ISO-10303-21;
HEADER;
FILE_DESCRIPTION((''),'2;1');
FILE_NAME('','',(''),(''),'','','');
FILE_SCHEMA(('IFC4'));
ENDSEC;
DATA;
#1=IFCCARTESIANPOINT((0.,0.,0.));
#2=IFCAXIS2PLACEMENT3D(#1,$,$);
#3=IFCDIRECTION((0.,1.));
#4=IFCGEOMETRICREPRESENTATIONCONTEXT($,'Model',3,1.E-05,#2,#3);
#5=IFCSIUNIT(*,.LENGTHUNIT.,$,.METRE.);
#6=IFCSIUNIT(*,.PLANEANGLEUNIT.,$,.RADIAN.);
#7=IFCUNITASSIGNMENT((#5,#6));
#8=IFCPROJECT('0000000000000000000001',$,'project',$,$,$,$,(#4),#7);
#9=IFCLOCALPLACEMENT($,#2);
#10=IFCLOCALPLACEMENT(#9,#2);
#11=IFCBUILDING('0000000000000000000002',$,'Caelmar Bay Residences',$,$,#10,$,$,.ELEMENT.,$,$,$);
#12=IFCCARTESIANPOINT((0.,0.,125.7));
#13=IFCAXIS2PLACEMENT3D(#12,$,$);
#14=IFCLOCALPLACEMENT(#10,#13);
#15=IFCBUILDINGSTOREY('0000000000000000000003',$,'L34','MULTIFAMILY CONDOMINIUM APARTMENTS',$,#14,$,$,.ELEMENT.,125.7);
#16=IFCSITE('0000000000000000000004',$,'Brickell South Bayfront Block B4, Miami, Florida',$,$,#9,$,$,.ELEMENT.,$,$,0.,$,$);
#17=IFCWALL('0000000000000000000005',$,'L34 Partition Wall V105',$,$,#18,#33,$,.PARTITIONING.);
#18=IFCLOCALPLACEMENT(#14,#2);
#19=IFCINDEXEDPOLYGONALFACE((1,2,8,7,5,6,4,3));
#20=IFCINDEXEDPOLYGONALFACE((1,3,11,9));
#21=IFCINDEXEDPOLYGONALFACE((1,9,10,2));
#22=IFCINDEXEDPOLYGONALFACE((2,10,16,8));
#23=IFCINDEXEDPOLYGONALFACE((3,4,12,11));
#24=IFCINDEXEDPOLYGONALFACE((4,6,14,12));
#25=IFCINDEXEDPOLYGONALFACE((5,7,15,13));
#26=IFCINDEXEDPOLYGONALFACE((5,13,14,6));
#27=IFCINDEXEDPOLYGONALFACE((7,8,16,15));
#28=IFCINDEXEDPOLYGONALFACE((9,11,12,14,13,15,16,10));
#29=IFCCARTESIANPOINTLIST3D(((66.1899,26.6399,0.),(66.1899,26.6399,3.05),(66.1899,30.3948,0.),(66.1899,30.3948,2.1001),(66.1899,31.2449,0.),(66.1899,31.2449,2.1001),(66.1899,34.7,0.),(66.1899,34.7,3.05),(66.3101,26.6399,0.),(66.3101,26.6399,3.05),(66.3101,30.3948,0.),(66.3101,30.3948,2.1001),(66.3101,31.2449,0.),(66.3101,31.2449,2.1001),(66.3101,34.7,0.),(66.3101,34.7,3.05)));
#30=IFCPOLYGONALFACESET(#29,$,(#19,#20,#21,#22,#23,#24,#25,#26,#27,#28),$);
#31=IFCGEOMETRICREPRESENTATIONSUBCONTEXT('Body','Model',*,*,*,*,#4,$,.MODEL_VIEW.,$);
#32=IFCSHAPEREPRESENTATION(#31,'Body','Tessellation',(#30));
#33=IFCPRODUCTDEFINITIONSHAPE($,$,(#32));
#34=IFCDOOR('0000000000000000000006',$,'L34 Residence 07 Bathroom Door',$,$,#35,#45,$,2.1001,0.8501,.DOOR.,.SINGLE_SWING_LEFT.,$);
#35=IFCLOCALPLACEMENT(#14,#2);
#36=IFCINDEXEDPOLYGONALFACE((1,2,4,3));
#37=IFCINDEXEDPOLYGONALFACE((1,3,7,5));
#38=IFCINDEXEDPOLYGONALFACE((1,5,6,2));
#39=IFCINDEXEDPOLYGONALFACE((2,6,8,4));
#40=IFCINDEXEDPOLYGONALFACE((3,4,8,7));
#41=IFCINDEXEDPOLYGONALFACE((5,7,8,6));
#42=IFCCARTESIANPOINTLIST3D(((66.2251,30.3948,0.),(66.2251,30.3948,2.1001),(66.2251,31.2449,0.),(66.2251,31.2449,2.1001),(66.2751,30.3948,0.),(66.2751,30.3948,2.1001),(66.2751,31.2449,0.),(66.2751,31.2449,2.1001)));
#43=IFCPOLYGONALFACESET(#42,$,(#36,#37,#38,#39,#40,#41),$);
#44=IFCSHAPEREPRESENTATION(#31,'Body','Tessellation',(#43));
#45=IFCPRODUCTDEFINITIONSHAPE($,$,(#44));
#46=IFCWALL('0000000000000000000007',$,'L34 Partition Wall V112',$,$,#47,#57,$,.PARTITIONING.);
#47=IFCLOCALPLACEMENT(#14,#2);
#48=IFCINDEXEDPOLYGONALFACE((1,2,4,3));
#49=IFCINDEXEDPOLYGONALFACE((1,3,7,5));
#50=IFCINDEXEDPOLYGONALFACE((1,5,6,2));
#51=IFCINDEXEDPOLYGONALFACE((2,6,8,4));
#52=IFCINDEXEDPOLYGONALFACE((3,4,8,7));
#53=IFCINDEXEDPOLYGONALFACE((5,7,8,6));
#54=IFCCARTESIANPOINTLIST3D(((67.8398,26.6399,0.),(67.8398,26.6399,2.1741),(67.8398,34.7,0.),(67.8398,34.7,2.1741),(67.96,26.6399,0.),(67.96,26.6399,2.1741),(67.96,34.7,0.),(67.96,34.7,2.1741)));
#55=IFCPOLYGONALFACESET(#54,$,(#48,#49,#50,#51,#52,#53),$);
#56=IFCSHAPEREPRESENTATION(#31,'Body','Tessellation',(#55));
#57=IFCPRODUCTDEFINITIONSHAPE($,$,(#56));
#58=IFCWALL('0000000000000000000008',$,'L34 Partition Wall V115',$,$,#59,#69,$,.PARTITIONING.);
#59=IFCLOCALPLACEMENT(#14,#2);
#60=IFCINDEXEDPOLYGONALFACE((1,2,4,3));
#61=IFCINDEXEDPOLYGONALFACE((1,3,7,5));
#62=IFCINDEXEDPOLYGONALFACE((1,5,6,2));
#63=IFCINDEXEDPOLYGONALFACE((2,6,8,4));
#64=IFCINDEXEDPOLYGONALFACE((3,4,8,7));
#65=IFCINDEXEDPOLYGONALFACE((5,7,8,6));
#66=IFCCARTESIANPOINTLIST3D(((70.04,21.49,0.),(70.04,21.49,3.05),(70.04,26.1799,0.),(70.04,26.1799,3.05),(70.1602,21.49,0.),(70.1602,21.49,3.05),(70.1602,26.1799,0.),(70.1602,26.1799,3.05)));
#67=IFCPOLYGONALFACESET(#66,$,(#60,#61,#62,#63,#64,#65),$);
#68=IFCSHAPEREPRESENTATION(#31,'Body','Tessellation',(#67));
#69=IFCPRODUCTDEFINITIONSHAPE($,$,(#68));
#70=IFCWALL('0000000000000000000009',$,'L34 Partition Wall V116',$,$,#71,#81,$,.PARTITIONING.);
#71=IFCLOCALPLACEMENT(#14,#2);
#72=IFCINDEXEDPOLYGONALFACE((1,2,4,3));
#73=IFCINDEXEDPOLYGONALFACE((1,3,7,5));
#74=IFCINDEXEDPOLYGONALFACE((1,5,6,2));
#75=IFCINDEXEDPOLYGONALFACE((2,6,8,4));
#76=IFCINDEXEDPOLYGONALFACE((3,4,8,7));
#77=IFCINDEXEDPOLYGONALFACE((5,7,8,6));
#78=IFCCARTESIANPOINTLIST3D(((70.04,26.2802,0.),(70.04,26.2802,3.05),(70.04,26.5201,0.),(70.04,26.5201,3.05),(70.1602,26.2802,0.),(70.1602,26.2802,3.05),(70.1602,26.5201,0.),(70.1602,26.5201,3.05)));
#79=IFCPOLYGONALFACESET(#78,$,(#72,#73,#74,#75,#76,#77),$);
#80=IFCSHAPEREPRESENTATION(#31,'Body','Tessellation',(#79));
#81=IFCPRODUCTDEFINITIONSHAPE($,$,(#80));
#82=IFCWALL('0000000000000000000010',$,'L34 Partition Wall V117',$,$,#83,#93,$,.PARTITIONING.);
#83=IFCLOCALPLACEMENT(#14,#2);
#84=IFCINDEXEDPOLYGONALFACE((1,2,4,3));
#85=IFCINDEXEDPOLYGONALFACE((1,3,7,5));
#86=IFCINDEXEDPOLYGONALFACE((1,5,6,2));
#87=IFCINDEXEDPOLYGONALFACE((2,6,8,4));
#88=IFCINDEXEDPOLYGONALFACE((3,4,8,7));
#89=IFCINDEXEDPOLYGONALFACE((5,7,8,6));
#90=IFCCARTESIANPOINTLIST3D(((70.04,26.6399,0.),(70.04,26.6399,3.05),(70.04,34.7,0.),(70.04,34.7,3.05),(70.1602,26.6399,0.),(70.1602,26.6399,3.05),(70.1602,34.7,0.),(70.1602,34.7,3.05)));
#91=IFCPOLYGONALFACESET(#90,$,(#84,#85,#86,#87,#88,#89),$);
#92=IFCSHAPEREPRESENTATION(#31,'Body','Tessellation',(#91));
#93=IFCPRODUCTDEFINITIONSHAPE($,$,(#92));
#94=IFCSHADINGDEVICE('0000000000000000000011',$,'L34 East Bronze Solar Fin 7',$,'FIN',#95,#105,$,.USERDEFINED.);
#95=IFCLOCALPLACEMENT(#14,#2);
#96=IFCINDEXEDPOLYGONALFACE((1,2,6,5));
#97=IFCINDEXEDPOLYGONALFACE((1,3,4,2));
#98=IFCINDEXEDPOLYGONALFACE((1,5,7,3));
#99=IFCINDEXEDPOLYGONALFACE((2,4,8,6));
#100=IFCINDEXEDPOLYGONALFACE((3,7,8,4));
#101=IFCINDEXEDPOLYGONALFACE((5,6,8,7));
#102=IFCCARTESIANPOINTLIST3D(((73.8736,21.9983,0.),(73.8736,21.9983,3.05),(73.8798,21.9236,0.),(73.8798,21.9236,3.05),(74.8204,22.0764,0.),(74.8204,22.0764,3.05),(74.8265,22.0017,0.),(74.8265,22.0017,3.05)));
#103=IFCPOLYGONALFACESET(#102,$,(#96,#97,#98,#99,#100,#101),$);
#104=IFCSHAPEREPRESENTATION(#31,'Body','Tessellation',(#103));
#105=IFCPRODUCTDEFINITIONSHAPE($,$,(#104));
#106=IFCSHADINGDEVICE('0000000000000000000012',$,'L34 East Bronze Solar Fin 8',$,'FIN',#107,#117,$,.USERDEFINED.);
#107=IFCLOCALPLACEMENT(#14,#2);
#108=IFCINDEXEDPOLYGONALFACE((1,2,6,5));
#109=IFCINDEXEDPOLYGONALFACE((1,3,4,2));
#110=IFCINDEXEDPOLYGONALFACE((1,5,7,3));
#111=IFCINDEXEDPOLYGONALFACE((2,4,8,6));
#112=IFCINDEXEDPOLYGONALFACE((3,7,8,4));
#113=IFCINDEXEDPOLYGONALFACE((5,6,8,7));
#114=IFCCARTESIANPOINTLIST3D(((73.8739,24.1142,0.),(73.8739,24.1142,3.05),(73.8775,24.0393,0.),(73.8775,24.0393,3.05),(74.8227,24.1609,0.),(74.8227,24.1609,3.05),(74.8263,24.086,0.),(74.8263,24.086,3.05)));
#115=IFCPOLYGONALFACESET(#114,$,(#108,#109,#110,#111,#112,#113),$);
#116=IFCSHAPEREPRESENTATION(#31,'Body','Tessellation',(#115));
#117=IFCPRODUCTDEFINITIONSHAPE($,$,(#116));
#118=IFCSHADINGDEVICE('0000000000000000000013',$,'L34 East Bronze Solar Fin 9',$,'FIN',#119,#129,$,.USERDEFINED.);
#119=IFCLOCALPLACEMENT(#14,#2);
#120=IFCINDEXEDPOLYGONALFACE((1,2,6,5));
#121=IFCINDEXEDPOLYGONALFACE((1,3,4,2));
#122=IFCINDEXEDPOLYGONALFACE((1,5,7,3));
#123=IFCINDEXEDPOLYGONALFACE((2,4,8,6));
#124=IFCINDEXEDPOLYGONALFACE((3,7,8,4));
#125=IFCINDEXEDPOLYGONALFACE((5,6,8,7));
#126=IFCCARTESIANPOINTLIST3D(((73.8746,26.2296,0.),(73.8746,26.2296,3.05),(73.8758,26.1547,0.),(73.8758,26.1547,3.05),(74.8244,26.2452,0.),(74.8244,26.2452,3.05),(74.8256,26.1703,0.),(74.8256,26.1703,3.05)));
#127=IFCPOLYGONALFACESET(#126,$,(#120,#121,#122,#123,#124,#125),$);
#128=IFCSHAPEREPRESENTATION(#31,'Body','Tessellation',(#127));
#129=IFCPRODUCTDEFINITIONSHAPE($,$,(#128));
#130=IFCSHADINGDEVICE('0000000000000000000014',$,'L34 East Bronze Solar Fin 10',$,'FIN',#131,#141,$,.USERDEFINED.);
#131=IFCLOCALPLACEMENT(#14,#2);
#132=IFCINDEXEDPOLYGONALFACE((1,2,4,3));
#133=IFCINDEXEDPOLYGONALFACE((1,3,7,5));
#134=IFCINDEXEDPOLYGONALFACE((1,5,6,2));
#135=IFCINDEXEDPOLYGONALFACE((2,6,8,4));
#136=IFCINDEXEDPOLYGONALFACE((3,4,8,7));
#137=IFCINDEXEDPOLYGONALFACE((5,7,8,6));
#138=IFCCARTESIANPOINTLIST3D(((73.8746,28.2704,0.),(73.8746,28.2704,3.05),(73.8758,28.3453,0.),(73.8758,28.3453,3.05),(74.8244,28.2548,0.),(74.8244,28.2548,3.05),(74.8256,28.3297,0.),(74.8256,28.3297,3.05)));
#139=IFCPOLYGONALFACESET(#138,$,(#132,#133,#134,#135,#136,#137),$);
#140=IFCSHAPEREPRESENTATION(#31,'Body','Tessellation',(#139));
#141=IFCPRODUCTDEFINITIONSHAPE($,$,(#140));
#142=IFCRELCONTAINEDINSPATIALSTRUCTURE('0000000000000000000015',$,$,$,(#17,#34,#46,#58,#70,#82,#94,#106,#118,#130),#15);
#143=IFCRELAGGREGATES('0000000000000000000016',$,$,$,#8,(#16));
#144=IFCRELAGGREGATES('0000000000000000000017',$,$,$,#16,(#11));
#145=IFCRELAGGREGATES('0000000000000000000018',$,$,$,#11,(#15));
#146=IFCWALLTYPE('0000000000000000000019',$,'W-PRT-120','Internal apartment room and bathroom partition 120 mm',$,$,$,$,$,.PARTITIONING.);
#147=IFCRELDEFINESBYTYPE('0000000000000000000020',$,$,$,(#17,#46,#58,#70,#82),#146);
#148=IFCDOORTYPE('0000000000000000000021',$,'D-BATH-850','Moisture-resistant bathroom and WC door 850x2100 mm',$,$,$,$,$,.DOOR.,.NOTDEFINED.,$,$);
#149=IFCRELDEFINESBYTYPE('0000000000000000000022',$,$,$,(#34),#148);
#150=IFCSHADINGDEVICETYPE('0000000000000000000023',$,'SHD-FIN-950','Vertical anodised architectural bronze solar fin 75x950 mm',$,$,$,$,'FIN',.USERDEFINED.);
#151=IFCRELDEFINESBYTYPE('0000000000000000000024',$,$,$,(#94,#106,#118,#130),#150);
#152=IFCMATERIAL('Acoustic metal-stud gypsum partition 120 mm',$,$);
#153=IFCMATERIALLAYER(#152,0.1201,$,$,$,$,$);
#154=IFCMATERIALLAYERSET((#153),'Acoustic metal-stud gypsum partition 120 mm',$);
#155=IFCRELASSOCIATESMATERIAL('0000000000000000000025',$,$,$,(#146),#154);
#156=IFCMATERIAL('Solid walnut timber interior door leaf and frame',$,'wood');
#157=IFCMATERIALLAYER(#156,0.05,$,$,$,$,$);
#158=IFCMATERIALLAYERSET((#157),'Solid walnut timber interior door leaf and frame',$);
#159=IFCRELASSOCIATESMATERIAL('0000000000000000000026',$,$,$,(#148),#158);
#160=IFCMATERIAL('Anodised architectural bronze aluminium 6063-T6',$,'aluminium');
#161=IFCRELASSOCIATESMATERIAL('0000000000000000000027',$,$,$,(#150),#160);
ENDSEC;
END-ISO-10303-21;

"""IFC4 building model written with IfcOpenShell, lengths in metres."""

from ifc_helpers import new_model, si_unit, direction, frame, frame_2d, origin, origin_2d, place, context, subcontext, project, spatial, rectangle, extrude, material, layer, layer_set, material_profile, profile_set, type_object, element, fill, save


model = new_model("IFC4")

# Units and contexts
model_context = context("Model", 3, precision=1e-05, world=origin(), true_north=direction((0.0, 1.0)))
body_context = subcontext(model_context, "Body", "Model", "MODEL_VIEW")
ifc_project = project(units=[si_unit("LENGTHUNIT", "METRE"), si_unit("PLANEANGLEUNIT", "RADIAN")], contexts=[model_context])

# Site, building, storey
site_placement = place(None, origin())
site = spatial("IfcSite", under=ifc_project, at=site_placement, Name="Brickell South Bayfront Block B4, Miami, Florida", CompositionType="ELEMENT", RefElevation=0.0)
building_placement = place(site_placement, origin())
building = spatial("IfcBuilding", under=site, at=building_placement, Name="Caelmar Bay Residences", CompositionType="ELEMENT")
storey_placement = place(building_placement, frame((0.0, 0.0, 125.7)))
storey = spatial("IfcBuildingStorey", under=building, at=storey_placement, Name="L34", Description="MULTIFAMILY CONDOMINIUM APARTMENTS", CompositionType="ELEMENT", Elevation=125.7)

# Shared definitions
ifc_material_1 = material(Name="Solid walnut timber interior door leaf and frame", Category="wood")

# Shared definitions
ifc_material_2 = material(Name="Acoustic metal-stud gypsum partition 120 mm")
ifc_layer_1 = layer(ifc_material_2, 0.1201)
ifc_layer_set_1 = layer_set([ifc_layer_1], Name="Acoustic metal-stud gypsum partition 120 mm")
wall_type_1 = type_object("IfcWallType", Name="W-PRT-120", Description="Internal apartment room and bathroom partition 120 mm", PredefinedType="PARTITIONING", material=ifc_layer_set_1)

# Wall, opening, door
wall_1_placement = place(storey_placement, frame((66.25, 26.6399, 0.0), z_axis=(0.0, 0.0, 1.0), x_axis=(0.0, 1.0, 0.0)))
wall_1 = element("IfcWall", 1, at=wall_1_placement, inside=storey, type_object=wall_type_1, Name="L34 Partition Wall V105", PredefinedType="PARTITIONING", context=body_context, shape_type="SweptSolid", body=[
    extrude(rectangle(XDim=8.0601, YDim=0.1201, at=frame_2d((4.03, 0.0))), origin(), (0.0, 0.0, 1.0), 3.05),
])
opening_1_placement = place(wall_1_placement, frame((3.7549, 0.0, 0.0)))
opening_1 = element("IfcOpeningElement", 2, at=opening_1_placement, cuts=wall_1, PredefinedType="OPENING", context=body_context, shape_type="SweptSolid", body=[
    extrude(rectangle(XDim=0.8501, YDim=2.1001, at=frame_2d((0.425, 1.05))), frame((0.0, 0.0701, 0.0), z_axis=(0.0, -1.0, 0.0), x_axis=(1.0, 0.0, 0.0)), (0.0, 0.0, 1.0), 0.1401),
])
ifc_layer_2 = layer(ifc_material_1, 0.05)
ifc_layer_set_2 = layer_set([ifc_layer_2], Name="Solid walnut timber interior door leaf and frame")
door_type_1 = type_object("IfcDoorType", Name="D-BATH-850", Description="Moisture-resistant bathroom and WC door 850x2100 mm", OperationType="NOTDEFINED", PredefinedType="DOOR", material=ifc_layer_set_2)
door_1_placement = place(opening_1_placement, origin())
door_1 = element("IfcDoor", 3, at=door_1_placement, inside=storey, type_object=door_type_1, Name="L34 Residence 07 Bathroom Door", OperationType="SINGLE_SWING_LEFT", OverallHeight=2.1001, OverallWidth=0.8501, PredefinedType="DOOR", context=body_context, shape_type="SweptSolid", body=[
    extrude(rectangle(XDim=0.8501, YDim=2.1001, at=frame_2d((0.425, 1.05))), frame((0.0, 0.0249, 0.0), z_axis=(0.0, -1.0, 0.0), x_axis=(1.0, 0.0, 0.0)), (0.0, 0.0, 1.0), 0.05),
])
fill(opening_1, door_1)

# Walls
wall_2_placement = place(storey_placement, frame((67.8999, 26.6399, 0.0), z_axis=(0.0, 0.0, 1.0), x_axis=(0.0, 1.0, 0.0)))
element("IfcWall", 4, at=wall_2_placement, inside=storey, type_object=wall_type_1, Name="L34 Partition Wall V112", PredefinedType="PARTITIONING", context=body_context, shape_type="SweptSolid", body=[
    extrude(rectangle(XDim=8.0601, YDim=0.1201, at=frame_2d((4.03, 0.0))), origin(), (0.0, 0.0, 1.0), 2.1741),
])
wall_3_placement = place(storey_placement, frame((70.1001, 21.49, 0.0), z_axis=(0.0, 0.0, 1.0), x_axis=(0.0, 1.0, 0.0)))
element("IfcWall", 5, at=wall_3_placement, inside=storey, type_object=wall_type_1, Name="L34 Partition Wall V115", PredefinedType="PARTITIONING", context=body_context, shape_type="SweptSolid", body=[
    extrude(rectangle(XDim=4.6899, YDim=0.1201, at=frame_2d((2.345, 0.0))), origin(), (0.0, 0.0, 1.0), 3.05),
])
wall_4_placement = place(storey_placement, frame((70.1001, 26.28, 0.0), z_axis=(0.0, 0.0, 1.0), x_axis=(0.0, 1.0, 0.0)))
element("IfcWall", 6, at=wall_4_placement, inside=storey, type_object=wall_type_1, Name="L34 Partition Wall V116", PredefinedType="PARTITIONING", context=body_context, shape_type="SweptSolid", body=[
    extrude(rectangle(XDim=0.24, YDim=0.1201, at=frame_2d((0.1201, 0.0))), origin(), (0.0, 0.0, 1.0), 3.05),
])
wall_5_placement = place(storey_placement, frame((70.1001, 26.6399, 0.0), z_axis=(0.0, 0.0, 1.0), x_axis=(0.0, 1.0, 0.0)))
element("IfcWall", 7, at=wall_5_placement, inside=storey, type_object=wall_type_1, Name="L34 Partition Wall V117", PredefinedType="PARTITIONING", context=body_context, shape_type="SweptSolid", body=[
    extrude(rectangle(XDim=8.0601, YDim=0.1201, at=frame_2d((4.03, 0.0))), origin(), (0.0, 0.0, 1.0), 3.05),
])

# Shading devices
ifc_material_3 = material(Name="Anodised architectural bronze aluminium 6063-T6", Category="aluminium")
ifc_material_profile_1 = material_profile(ifc_material_3, rectangle(XDim=0.075, YDim=0.95, at=origin_2d()), Name="BRONZE-FIN-75X950")
ifc_profile_set_1 = profile_set([ifc_material_profile_1], Name="Anodised architectural bronze aluminium 6063-T6")
shading_device_type = type_object("IfcShadingDeviceType", Name="SHD-FIN-950", Description="Vertical anodised architectural bronze solar fin 75x950 mm", ElementType="FIN", PredefinedType="USERDEFINED", material=ifc_profile_set_1)
for number, where, z_axis, x_axis, name in (
    (8, (74.3501, 22.0, 0.0), (0.0, 0.0, 1.0), (-0.082112, 0.996623, 0.0), "L34 East Bronze Solar Fin 7"),
    (9, (74.3501, 24.1001, 0.0), (0.0, 0.0, 1.0), (-0.049198, 0.998789, 0.0), "L34 East Bronze Solar Fin 8"),
    (10, (74.3501, 26.2, 0.0), (0.0, 0.0, 1.0), (-0.016405, 0.999865, 0.0), "L34 East Bronze Solar Fin 9"),
    (11, (74.3501, 28.3, 0.0), (0.0, 0.0, 1.0), (0.016405, 0.999865, 0.0), "L34 East Bronze Solar Fin 10"),
):
    element("IfcShadingDevice", number, at=place(storey_placement, frame(where, z_axis=z_axis, x_axis=x_axis)), inside=storey, type_object=shading_device_type, Name=name, ObjectType="FIN", PredefinedType="USERDEFINED", context=body_context, shape_type="SweptSolid", body=[
        extrude(rectangle(XDim=0.075, YDim=0.95, at=origin_2d()), origin(), (0.0, 0.0, 1.0), 3.05),
    ])

save(model, "model.ifc")
